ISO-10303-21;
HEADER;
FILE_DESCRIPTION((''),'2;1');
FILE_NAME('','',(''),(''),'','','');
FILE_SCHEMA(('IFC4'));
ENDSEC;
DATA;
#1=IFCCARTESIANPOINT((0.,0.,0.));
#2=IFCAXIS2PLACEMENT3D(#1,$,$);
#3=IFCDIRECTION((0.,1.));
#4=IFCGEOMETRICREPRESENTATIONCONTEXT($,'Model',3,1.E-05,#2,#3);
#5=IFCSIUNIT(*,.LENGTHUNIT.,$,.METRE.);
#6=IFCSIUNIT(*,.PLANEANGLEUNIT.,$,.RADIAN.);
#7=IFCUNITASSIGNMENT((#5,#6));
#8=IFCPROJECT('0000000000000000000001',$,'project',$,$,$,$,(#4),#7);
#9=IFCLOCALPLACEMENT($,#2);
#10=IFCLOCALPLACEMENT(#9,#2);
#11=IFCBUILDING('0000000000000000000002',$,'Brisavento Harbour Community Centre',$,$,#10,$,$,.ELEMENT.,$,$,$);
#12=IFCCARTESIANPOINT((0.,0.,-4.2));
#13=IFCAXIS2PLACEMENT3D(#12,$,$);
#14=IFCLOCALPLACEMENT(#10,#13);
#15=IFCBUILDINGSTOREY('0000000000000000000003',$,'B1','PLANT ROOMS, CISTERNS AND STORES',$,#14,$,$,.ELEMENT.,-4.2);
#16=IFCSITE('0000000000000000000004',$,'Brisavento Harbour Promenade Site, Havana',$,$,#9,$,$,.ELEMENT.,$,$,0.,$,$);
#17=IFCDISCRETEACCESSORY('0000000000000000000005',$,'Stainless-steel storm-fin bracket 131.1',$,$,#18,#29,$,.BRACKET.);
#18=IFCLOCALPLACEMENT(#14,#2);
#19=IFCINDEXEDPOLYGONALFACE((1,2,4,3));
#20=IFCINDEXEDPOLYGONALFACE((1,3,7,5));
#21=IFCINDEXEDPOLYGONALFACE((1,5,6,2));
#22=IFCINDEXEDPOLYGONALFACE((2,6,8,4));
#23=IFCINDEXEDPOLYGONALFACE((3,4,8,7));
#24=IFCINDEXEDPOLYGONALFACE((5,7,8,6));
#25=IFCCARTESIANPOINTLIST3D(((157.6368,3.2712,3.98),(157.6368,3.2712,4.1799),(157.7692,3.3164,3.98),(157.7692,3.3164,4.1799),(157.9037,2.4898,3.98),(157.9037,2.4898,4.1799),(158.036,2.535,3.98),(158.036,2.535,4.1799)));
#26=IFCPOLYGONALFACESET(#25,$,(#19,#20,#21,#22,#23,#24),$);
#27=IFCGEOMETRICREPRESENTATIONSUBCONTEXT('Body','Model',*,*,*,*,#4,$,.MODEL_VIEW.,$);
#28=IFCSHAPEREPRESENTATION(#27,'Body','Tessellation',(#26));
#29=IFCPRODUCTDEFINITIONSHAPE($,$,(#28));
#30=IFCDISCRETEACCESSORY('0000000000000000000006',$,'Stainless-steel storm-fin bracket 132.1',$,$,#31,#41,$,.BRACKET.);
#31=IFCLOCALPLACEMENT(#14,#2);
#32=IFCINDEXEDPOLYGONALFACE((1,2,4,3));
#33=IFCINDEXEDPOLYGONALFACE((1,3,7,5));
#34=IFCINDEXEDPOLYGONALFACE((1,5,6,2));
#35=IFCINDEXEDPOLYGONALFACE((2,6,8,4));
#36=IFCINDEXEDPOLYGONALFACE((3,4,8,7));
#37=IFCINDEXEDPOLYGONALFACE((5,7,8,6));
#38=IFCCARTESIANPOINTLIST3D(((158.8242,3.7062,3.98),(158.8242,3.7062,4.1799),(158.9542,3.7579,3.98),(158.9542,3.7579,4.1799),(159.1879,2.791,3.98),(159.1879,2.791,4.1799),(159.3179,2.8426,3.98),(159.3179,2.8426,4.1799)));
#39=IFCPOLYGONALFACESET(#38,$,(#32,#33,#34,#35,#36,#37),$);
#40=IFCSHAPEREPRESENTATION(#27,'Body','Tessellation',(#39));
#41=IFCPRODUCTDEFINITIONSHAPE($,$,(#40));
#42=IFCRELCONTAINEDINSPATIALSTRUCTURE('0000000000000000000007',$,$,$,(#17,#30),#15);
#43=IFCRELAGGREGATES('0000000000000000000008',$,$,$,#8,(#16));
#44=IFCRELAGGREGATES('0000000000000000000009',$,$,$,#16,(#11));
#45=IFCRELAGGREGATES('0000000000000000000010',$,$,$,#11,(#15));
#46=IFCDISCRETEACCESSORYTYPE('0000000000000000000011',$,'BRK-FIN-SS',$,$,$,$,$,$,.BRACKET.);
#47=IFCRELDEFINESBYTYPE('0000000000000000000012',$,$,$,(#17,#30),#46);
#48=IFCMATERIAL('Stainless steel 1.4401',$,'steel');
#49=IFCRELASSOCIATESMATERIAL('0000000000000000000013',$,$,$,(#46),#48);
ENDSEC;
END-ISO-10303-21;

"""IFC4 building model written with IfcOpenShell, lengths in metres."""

from ifc_helpers import new_model, si_unit, direction, frame, origin, origin_2d, place, context, subcontext, project, spatial, rectangle, extrude, material, type_object, element, save


model = new_model("IFC4")

# Units and contexts
model_context = context("Model", 3, precision=1e-05, world=origin(), true_north=direction((0.0, 1.0)))
body_context = subcontext(model_context, "Body", "Model", "MODEL_VIEW")
ifc_project = project(units=[si_unit("LENGTHUNIT", "METRE"), si_unit("PLANEANGLEUNIT", "RADIAN")], contexts=[model_context])

# Site, building, storey
site_placement = place(None, origin())
site = spatial("IfcSite", under=ifc_project, at=site_placement, Name="Brisavento Harbour Promenade Site, Havana", CompositionType="ELEMENT", RefElevation=0.0)
building_placement = place(site_placement, origin())
building = spatial("IfcBuilding", under=site, at=building_placement, Name="Brisavento Harbour Community Centre", CompositionType="ELEMENT")
storey_placement = place(building_placement, frame((0.0, 0.0, -4.2)))
storey = spatial("IfcBuildingStorey", under=building, at=storey_placement, Name="B1", Description="PLANT ROOMS, CISTERNS AND STORES", CompositionType="ELEMENT", Elevation=-4.2)

# Discrete accessories
ifc_material_1 = material(Name="Stainless steel 1.4401", Category="steel")
discrete_accessory_type = type_object("IfcDiscreteAccessoryType", Name="BRK-FIN-SS", PredefinedType="BRACKET", material=ifc_material_1)
discrete_accessory_1_placement = place(storey_placement, frame((157.8364, 2.9031, 3.98), z_axis=(0.0, 0.0, 1.0), x_axis=(0.323174, -0.946339, 0.0)))
element("IfcDiscreteAccessory", 1, at=discrete_accessory_1_placement, inside=storey, type_object=discrete_accessory_type, Name="Stainless-steel storm-fin bracket 131.1", PredefinedType="BRACKET", context=body_context, shape_type="SweptSolid", body=[
    extrude(rectangle(XDim=0.8257, YDim=0.1399, at=origin_2d()), origin(), (0.0, 0.0, 1.0), 0.2),
])
discrete_accessory_2_placement = place(storey_placement, frame((159.071, 3.2744, 3.98), z_axis=(0.0, 0.0, 1.0), x_axis=(0.369341, -0.929294, 0.0)))
element("IfcDiscreteAccessory", 2, at=discrete_accessory_2_placement, inside=storey, type_object=discrete_accessory_type, Name="Stainless-steel storm-fin bracket 132.1", PredefinedType="BRACKET", context=body_context, shape_type="SweptSolid", body=[
    extrude(rectangle(XDim=0.9849, YDim=0.1399, at=origin_2d()), origin(), (0.0, 0.0, 1.0), 0.2),
])

save(model, "model.ifc")
